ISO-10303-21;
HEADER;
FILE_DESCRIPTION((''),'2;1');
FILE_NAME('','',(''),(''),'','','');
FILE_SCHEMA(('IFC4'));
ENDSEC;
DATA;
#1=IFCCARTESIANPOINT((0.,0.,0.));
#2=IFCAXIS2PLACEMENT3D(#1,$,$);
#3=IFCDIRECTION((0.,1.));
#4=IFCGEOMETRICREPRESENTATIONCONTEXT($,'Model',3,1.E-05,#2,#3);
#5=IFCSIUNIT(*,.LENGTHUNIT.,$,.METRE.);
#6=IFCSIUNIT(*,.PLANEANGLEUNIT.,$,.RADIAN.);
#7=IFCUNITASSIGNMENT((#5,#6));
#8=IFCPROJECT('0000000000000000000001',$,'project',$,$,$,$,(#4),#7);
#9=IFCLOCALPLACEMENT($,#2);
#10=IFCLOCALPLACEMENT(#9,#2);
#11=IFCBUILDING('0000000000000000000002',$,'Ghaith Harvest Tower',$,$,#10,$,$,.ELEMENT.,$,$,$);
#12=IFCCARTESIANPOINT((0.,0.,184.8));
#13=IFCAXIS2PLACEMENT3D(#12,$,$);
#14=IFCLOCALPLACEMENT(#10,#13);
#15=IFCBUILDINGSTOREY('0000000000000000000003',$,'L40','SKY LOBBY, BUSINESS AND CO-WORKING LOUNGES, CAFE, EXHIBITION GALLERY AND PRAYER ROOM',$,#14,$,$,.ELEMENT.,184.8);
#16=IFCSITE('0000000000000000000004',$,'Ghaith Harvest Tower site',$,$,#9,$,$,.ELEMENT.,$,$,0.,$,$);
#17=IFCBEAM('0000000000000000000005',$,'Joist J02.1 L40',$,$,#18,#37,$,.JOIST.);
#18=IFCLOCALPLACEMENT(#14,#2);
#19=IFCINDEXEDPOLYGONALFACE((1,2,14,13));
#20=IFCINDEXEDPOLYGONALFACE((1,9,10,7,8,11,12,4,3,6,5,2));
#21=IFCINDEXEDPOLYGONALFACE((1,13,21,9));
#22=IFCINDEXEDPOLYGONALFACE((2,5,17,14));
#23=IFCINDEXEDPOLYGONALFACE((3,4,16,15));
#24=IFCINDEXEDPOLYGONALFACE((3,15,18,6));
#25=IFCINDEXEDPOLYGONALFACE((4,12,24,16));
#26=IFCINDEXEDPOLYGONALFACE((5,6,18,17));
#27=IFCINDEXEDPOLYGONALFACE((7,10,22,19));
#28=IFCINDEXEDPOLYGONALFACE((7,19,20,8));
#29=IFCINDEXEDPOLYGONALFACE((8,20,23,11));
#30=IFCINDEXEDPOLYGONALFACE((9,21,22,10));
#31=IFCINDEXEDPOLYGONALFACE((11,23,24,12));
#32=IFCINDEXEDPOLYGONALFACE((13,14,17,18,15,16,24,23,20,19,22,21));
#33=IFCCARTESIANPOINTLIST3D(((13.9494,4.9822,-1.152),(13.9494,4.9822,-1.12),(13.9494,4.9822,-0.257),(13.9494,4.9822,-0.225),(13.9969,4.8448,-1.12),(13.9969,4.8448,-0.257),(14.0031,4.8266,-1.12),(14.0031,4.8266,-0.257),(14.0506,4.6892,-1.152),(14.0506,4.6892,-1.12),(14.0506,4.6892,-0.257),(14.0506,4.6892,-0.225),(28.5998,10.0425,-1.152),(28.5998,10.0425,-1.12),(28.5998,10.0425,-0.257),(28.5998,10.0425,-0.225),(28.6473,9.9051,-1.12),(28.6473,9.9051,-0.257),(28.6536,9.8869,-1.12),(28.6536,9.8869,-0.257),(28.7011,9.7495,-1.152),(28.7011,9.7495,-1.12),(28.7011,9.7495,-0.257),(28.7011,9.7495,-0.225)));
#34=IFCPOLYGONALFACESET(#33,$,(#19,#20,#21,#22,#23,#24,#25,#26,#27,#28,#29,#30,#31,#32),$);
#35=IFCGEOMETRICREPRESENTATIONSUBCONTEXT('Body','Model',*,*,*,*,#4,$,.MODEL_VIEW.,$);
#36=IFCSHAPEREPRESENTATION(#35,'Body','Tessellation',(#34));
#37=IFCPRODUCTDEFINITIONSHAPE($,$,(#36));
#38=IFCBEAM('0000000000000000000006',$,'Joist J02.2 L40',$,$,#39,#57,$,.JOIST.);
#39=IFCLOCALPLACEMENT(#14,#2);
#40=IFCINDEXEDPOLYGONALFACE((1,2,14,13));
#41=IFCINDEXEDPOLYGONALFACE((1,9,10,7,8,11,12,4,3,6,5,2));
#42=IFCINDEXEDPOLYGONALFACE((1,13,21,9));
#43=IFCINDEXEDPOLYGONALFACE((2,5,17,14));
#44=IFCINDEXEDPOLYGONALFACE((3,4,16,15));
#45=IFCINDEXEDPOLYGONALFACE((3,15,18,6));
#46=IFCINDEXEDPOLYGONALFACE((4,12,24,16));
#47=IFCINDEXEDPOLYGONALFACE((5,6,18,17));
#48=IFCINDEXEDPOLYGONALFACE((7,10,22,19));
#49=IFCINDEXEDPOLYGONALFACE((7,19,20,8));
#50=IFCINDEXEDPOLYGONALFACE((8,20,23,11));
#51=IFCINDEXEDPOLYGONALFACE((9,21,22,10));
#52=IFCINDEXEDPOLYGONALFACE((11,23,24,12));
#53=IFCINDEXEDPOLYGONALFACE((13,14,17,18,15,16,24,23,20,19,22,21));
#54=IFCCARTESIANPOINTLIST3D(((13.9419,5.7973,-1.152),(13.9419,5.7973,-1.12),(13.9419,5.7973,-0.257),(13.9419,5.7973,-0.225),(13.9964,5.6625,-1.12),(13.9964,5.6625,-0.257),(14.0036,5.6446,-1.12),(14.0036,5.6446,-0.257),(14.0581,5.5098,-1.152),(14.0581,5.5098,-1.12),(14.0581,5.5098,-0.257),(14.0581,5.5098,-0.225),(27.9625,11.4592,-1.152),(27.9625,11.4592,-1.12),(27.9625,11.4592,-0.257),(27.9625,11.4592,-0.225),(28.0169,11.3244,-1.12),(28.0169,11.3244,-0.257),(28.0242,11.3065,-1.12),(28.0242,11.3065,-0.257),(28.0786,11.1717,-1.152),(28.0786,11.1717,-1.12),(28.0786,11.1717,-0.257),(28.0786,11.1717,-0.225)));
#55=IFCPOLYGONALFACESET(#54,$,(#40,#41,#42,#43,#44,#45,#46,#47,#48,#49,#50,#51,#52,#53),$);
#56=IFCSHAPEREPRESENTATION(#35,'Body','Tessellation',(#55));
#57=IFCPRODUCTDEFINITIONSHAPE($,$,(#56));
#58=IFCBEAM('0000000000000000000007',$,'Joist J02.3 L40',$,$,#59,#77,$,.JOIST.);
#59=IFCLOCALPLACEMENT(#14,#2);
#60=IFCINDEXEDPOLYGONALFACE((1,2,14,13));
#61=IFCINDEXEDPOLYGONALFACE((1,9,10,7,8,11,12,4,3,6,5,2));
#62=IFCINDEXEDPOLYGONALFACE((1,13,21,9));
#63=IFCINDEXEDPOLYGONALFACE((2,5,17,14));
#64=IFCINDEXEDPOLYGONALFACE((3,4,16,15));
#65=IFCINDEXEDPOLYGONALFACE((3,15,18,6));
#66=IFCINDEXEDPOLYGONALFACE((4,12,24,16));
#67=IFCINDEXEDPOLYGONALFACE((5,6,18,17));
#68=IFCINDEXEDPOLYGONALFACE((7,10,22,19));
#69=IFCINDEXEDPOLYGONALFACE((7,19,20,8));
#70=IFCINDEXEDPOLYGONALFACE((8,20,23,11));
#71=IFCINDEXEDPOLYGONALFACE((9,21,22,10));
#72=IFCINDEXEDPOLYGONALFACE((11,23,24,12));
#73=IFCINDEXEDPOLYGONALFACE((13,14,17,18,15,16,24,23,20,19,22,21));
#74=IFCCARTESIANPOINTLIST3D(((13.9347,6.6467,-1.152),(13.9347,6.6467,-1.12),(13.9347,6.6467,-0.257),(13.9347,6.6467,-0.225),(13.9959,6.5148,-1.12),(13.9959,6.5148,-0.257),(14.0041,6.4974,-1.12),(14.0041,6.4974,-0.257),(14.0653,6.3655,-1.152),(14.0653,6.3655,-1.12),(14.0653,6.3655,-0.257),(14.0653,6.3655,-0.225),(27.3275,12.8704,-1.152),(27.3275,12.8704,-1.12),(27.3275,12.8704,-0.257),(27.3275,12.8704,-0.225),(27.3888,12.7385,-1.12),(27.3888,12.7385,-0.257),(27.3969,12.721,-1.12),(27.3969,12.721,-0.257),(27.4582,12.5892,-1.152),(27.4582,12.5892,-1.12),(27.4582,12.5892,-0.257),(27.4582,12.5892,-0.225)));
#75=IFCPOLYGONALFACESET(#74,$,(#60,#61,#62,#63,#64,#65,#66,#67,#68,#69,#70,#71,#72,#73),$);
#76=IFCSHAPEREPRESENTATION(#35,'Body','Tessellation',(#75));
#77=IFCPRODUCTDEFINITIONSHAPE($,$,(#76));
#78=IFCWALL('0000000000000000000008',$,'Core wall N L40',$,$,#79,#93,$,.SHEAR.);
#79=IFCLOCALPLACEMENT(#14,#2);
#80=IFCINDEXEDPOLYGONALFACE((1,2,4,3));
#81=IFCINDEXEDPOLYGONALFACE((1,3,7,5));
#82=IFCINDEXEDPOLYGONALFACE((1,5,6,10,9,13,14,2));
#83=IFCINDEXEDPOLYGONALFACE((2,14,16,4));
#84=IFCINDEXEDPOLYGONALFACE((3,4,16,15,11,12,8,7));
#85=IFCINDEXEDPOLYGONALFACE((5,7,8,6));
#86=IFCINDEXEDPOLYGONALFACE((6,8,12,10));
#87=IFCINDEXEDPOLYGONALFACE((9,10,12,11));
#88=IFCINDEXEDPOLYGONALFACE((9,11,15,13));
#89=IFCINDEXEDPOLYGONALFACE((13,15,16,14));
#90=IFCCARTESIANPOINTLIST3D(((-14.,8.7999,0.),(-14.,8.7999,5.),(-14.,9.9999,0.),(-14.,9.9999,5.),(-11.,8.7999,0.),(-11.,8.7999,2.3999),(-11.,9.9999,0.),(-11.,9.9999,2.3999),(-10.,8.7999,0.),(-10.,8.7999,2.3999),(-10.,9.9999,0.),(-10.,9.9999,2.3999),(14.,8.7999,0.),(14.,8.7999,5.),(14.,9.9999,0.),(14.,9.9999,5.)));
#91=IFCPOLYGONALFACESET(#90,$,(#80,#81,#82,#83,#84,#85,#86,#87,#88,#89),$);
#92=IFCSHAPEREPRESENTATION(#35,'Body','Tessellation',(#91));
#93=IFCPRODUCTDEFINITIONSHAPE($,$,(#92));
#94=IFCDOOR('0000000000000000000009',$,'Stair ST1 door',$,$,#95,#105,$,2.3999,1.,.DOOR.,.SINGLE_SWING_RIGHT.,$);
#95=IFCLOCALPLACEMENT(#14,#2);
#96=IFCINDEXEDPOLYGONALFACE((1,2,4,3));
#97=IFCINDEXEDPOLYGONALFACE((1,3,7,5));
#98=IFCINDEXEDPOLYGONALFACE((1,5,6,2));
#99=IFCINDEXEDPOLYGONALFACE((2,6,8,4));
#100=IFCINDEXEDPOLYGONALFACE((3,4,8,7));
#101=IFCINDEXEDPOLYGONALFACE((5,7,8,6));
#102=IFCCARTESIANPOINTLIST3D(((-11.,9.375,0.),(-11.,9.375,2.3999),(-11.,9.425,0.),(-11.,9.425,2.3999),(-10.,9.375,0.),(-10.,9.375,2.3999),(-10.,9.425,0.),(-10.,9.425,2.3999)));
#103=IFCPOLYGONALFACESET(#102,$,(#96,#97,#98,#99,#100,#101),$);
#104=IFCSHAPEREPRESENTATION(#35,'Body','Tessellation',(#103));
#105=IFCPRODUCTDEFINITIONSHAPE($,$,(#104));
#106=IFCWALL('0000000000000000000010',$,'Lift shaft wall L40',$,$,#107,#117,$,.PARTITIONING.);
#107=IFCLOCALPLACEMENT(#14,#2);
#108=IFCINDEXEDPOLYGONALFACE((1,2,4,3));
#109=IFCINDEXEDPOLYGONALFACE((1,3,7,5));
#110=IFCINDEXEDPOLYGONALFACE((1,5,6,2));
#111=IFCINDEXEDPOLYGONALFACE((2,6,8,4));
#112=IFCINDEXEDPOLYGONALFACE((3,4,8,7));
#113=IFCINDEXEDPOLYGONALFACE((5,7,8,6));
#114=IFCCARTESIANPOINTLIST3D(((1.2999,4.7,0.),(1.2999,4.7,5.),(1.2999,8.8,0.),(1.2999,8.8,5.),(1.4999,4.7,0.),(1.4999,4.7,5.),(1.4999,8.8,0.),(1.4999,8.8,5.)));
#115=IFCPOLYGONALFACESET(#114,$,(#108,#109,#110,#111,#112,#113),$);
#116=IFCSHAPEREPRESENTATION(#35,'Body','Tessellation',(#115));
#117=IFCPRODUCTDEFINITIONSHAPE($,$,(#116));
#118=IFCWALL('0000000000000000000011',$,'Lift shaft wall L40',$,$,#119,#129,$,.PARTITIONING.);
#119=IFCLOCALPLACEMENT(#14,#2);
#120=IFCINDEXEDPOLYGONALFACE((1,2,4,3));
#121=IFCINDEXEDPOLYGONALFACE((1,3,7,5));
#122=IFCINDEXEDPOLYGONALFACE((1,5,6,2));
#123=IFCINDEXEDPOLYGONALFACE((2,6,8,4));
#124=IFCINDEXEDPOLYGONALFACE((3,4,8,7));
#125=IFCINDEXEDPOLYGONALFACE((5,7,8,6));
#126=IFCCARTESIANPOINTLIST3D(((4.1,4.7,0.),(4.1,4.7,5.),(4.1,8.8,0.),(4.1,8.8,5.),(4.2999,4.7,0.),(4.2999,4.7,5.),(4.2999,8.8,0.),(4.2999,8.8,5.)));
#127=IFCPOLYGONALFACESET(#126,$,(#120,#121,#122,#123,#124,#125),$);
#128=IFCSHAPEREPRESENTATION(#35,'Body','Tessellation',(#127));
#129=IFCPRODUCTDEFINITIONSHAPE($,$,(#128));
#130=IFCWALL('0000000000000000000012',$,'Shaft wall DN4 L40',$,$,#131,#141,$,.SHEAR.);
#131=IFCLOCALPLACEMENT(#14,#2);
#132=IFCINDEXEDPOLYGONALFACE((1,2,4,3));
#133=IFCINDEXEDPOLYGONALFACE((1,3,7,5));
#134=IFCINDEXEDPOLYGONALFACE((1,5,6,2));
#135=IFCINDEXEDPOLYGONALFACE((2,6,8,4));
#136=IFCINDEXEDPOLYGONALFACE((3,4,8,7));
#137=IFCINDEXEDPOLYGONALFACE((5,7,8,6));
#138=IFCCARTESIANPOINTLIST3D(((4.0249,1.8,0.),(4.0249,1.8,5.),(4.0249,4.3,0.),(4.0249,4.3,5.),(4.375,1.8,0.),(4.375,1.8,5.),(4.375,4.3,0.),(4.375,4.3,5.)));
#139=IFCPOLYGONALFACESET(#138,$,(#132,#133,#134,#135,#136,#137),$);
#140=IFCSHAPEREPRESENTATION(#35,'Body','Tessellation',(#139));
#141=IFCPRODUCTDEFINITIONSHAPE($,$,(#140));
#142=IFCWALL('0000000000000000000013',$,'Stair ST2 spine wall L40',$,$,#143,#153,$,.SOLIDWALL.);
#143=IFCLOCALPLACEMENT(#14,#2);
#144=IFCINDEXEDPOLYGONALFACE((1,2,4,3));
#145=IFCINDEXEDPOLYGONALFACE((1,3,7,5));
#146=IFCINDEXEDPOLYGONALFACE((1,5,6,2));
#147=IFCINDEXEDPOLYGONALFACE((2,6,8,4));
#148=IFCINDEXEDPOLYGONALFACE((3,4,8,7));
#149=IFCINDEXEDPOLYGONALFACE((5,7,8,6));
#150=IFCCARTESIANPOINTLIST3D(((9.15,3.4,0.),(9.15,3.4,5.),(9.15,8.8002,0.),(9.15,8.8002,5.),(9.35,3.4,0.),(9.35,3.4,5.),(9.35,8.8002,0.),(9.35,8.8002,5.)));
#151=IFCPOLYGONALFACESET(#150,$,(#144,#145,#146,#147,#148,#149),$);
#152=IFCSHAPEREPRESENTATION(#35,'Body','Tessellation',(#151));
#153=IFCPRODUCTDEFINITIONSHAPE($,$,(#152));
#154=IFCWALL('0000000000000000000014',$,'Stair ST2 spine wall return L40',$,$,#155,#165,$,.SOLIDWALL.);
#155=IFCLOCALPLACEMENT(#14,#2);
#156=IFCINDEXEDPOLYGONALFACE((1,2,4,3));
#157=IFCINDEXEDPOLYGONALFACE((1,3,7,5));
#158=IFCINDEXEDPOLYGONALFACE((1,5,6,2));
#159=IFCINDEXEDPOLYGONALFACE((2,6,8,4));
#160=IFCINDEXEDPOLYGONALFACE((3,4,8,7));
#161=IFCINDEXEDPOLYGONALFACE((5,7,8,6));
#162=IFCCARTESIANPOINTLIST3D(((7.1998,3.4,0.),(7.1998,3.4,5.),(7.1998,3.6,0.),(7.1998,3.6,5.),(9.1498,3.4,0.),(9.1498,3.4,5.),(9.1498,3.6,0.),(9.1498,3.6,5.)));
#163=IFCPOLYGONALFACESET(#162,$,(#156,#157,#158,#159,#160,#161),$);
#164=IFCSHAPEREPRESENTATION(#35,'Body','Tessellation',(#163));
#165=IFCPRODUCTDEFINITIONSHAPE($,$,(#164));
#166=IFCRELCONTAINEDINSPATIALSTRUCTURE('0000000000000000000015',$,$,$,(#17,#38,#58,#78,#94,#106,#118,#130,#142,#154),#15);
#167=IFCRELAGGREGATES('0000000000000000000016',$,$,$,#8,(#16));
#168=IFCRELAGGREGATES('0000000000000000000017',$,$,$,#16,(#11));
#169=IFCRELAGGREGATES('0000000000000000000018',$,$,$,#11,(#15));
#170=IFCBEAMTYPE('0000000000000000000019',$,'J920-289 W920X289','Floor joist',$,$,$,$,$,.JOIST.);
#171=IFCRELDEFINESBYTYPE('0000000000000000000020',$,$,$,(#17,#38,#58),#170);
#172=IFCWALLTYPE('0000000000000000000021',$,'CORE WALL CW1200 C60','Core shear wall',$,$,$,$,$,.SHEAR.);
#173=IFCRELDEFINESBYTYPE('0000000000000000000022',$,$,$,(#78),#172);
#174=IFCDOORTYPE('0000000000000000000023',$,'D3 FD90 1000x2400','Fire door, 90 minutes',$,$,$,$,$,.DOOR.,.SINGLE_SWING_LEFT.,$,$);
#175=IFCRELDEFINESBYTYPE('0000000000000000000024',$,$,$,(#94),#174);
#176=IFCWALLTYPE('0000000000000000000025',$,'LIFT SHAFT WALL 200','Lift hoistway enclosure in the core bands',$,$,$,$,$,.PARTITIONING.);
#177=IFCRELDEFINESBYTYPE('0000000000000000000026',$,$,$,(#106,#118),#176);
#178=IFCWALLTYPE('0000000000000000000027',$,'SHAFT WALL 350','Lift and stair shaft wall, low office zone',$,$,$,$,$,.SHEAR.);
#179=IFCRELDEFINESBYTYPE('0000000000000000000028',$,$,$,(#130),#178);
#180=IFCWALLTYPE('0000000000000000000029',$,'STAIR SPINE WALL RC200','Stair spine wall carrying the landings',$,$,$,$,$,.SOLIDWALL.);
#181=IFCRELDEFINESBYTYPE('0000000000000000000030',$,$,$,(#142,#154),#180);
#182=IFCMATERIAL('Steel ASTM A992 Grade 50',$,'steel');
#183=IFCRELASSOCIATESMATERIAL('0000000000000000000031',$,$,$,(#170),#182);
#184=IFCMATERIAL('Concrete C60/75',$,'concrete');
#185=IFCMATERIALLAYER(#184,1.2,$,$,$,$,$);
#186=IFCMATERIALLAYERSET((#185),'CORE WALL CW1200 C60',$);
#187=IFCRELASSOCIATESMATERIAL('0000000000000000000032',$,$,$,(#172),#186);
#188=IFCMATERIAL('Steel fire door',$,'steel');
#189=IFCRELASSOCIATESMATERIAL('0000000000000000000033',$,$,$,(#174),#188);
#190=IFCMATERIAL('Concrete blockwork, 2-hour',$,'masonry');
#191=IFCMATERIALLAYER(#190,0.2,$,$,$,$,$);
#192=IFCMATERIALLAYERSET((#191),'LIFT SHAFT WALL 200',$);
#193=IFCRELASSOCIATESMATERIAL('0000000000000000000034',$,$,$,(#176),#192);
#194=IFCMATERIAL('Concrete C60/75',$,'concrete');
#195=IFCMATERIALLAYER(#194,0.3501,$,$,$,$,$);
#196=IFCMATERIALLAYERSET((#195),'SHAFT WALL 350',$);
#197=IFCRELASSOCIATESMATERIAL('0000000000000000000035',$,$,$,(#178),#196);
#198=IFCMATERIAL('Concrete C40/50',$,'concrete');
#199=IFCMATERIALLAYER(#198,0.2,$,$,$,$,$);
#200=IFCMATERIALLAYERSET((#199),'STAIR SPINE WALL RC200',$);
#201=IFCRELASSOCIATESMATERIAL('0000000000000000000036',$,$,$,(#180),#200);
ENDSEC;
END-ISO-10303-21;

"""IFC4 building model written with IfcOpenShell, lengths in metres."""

from ifc_helpers import new_model, si_unit, direction, frame, frame_2d, origin, origin_2d, place, context, subcontext, project, spatial, rectangle, i_section, extrude, material, layer, layer_set, material_profile, profile_set, type_object, element, fill, save


model = new_model("IFC4")

# Units and contexts
model_context = context("Model", 3, precision=1e-05, world=origin(), true_north=direction((0.0, 1.0)))
body_context = subcontext(model_context, "Body", "Model", "MODEL_VIEW")
ifc_project = project(units=[si_unit("LENGTHUNIT", "METRE"), si_unit("PLANEANGLEUNIT", "RADIAN")], contexts=[model_context])

# Site, building, storey
site_placement = place(None, origin())
site = spatial("IfcSite", under=ifc_project, at=site_placement, Name="Ghaith Harvest Tower site", CompositionType="ELEMENT", RefElevation=0.0)
building_placement = place(site_placement, origin())
building = spatial("IfcBuilding", under=site, at=building_placement, Name="Ghaith Harvest Tower", CompositionType="ELEMENT")
storey_placement = place(building_placement, frame((0.0, 0.0, 184.8)))
storey = spatial("IfcBuildingStorey", under=building, at=storey_placement, Name="L40", Description="SKY LOBBY, BUSINESS AND CO-WORKING LOUNGES, CAFE, EXHIBITION GALLERY AND PRAYER ROOM", CompositionType="ELEMENT", Elevation=184.8)

# Beams
ifc_material_1 = material(Name="Steel ASTM A992 Grade 50", Category="steel")
ifc_material_profile_1 = material_profile(ifc_material_1, i_section(OverallWidth=0.3101, OverallDepth=0.927, WebThickness=0.0193, FlangeThickness=0.032, at=origin_2d()), Name="W920X289")
ifc_profile_set_1 = profile_set([ifc_material_profile_1], Name="Steel ASTM A992 Grade 50")
beam_type_1 = type_object("IfcBeamType", Name="J920-289 W920X289", Description="Floor joist", PredefinedType="JOIST", material=ifc_profile_set_1)
beam_1_placement = place(storey_placement, frame((14.0, 4.8357, -0.6885), z_axis=(0.945205, 0.326478, 0.0), x_axis=(-0.326478, 0.945205, 0.0)))
element("IfcBeam", 1, at=beam_1_placement, inside=storey, type_object=beam_type_1, Name="Joist J02.1 L40", PredefinedType="JOIST", context=body_context, shape_type="SweptSolid", body=[
    extrude(i_section(OverallWidth=0.3101, OverallDepth=0.927, WebThickness=0.0193, FlangeThickness=0.032, at=origin_2d()), origin(), (0.0, 0.0, 1.0), 15.4998),
])
beam_2_placement = place(storey_placement, frame((14.0, 5.6536, -0.6885), z_axis=(0.927248, 0.374448, 0.0), x_axis=(-0.374448, 0.927248, 0.0)))
element("IfcBeam", 2, at=beam_2_placement, inside=storey, type_object=beam_type_1, Name="Joist J02.2 L40", PredefinedType="JOIST", context=body_context, shape_type="SweptSolid", body=[
    extrude(i_section(OverallWidth=0.3101, OverallDepth=0.927, WebThickness=0.0193, FlangeThickness=0.032, at=origin_2d()), origin(), (0.0, 0.0, 1.0), 15.1206),
])
beam_3_placement = place(storey_placement, frame((14.0, 6.5061, -0.6885), z_axis=(0.906866, 0.42142, 0.0), x_axis=(-0.42142, 0.906866, 0.0)))
element("IfcBeam", 3, at=beam_3_placement, inside=storey, type_object=beam_type_1, Name="Joist J02.3 L40", PredefinedType="JOIST", context=body_context, shape_type="SweptSolid", body=[
    extrude(i_section(OverallWidth=0.3101, OverallDepth=0.927, WebThickness=0.0193, FlangeThickness=0.032, at=origin_2d()), origin(), (0.0, 0.0, 1.0), 14.7683),
])

# Wall, opening, door
ifc_material_2 = material(Name="Concrete C60/75", Category="concrete")
ifc_layer_1 = layer(ifc_material_2, 1.2)
ifc_layer_set_1 = layer_set([ifc_layer_1], Name="CORE WALL CW1200 C60")
wall_type_1 = type_object("IfcWallType", Name="CORE WALL CW1200 C60", Description="Core shear wall", PredefinedType="SHEAR", material=ifc_layer_set_1)
wall_1_placement = place(storey_placement, frame((14.0, 9.3999, 0.0), z_axis=(0.0, 0.0, 1.0), x_axis=(-1.0, 0.0, 0.0)))
wall_1 = element("IfcWall", 4, at=wall_1_placement, inside=storey, type_object=wall_type_1, Name="Core wall N L40", PredefinedType="SHEAR", context=body_context, shape_type="SweptSolid", body=[
    extrude(rectangle(XDim=28.0, YDim=1.2, at=frame_2d((14.0, 0.0))), origin(), (0.0, 0.0, 1.0), 5.0),
])
opening_1_placement = place(wall_1_placement, frame((24.0, 0.0, 0.0)))
opening_1 = element("IfcOpeningElement", 5, at=opening_1_placement, cuts=wall_1, PredefinedType="OPENING", context=body_context, shape_type="SweptSolid", body=[
    extrude(rectangle(XDim=1.0, YDim=2.3999, at=frame_2d((0.5, 1.2))), frame((0.0, 0.6099, 0.0), z_axis=(0.0, -1.0, 0.0), x_axis=(1.0, 0.0, 0.0)), (0.0, 0.0, 1.0), 1.22),
])
ifc_material_3 = material(Name="Steel fire door", Category="steel")
door_type = type_object("IfcDoorType", Name="D3 FD90 1000x2400", Description="Fire door, 90 minutes", OperationType="SINGLE_SWING_LEFT", PredefinedType="DOOR", material=ifc_material_3)
door_1_placement = place(opening_1_placement, origin())
door_1 = element("IfcDoor", 6, at=door_1_placement, inside=storey, type_object=door_type, Name="Stair ST1 door", OperationType="SINGLE_SWING_RIGHT", OverallHeight=2.3999, OverallWidth=1.0, PredefinedType="DOOR", context=body_context, shape_type="SweptSolid", body=[
    extrude(rectangle(XDim=1.0, YDim=2.3999, at=frame_2d((0.5, 1.2))), frame((0.0, 0.0249, 0.0), z_axis=(0.0, -1.0, 0.0), x_axis=(1.0, 0.0, 0.0)), (0.0, 0.0, 1.0), 0.05),
])
fill(opening_1, door_1)

# Walls
ifc_material_4 = material(Name="Concrete blockwork, 2-hour", Category="masonry")
ifc_layer_2 = layer(ifc_material_4, 0.2)
ifc_layer_set_2 = layer_set([ifc_layer_2], Name="LIFT SHAFT WALL 200")
wall_type_2 = type_object("IfcWallType", Name="LIFT SHAFT WALL 200", Description="Lift hoistway enclosure in the core bands", PredefinedType="PARTITIONING", material=ifc_layer_set_2)
for number, where, z_axis, x_axis, name in (
    (7, (1.3999, 4.7, 0.0), (0.0, 0.0, 1.0), (0.0, 1.0, 0.0), "Lift shaft wall L40"),
    (8, (4.2, 4.7, 0.0), (0.0, 0.0, 1.0), (0.0, 1.0, 0.0), "Lift shaft wall L40"),
):
    element("IfcWall", number, at=place(storey_placement, frame(where, z_axis=z_axis, x_axis=x_axis)), inside=storey, type_object=wall_type_2, Name=name, PredefinedType="PARTITIONING", context=body_context, shape_type="SweptSolid", body=[
        extrude(rectangle(XDim=4.1001, YDim=0.2, at=frame_2d((2.05, 0.0))), origin(), (0.0, 0.0, 1.0), 5.0),
    ])

# Shared definitions
ifc_material_5 = material(Name="Concrete C60/75", Category="concrete")
ifc_layer_3 = layer(ifc_material_5, 0.3501)
ifc_layer_set_3 = layer_set([ifc_layer_3], Name="SHAFT WALL 350")
wall_type_3 = type_object("IfcWallType", Name="SHAFT WALL 350", Description="Lift and stair shaft wall, low office zone", PredefinedType="SHEAR", material=ifc_layer_set_3)

# Walls
wall_2_placement = place(storey_placement, frame((4.2, 1.8, 0.0), z_axis=(0.0, 0.0, 1.0), x_axis=(0.0, 1.0, 0.0)))
element("IfcWall", 9, at=wall_2_placement, inside=storey, type_object=wall_type_3, Name="Shaft wall DN4 L40", PredefinedType="SHEAR", context=body_context, shape_type="SweptSolid", body=[
    extrude(rectangle(XDim=2.5, YDim=0.3501, at=frame_2d((1.25, 0.0))), origin(), (0.0, 0.0, 1.0), 5.0),
])
ifc_material_6 = material(Name="Concrete C40/50", Category="concrete")
ifc_layer_4 = layer(ifc_material_6, 0.2)
ifc_layer_set_4 = layer_set([ifc_layer_4], Name="STAIR SPINE WALL RC200")
wall_type_4 = type_object("IfcWallType", Name="STAIR SPINE WALL RC200", Description="Stair spine wall carrying the landings", PredefinedType="SOLIDWALL", material=ifc_layer_set_4)
wall_3_placement = place(storey_placement, frame((9.25, 3.3999, 0.0), z_axis=(0.0, 0.0, 1.0), x_axis=(0.0, 1.0, 0.0)))
element("IfcWall", 10, at=wall_3_placement, inside=storey, type_object=wall_type_4, Name="Stair ST2 spine wall L40", PredefinedType="SOLIDWALL", context=body_context, shape_type="SweptSolid", body=[
    extrude(rectangle(XDim=5.4001, YDim=0.2, at=frame_2d((2.7002, 0.0))), origin(), (0.0, 0.0, 1.0), 5.0),
])
wall_4_placement = place(storey_placement, frame((9.1499, 3.5, 0.0), z_axis=(0.0, 0.0, 1.0), x_axis=(-1.0, 0.0, 0.0)))
element("IfcWall", 11, at=wall_4_placement, inside=storey, type_object=wall_type_4, Name="Stair ST2 spine wall return L40", PredefinedType="SOLIDWALL", context=body_context, shape_type="SweptSolid", body=[
    extrude(rectangle(XDim=1.95, YDim=0.2, at=frame_2d((0.9751, 0.0))), origin(), (0.0, 0.0, 1.0), 5.0),
])

save(model, "model.ifc")
